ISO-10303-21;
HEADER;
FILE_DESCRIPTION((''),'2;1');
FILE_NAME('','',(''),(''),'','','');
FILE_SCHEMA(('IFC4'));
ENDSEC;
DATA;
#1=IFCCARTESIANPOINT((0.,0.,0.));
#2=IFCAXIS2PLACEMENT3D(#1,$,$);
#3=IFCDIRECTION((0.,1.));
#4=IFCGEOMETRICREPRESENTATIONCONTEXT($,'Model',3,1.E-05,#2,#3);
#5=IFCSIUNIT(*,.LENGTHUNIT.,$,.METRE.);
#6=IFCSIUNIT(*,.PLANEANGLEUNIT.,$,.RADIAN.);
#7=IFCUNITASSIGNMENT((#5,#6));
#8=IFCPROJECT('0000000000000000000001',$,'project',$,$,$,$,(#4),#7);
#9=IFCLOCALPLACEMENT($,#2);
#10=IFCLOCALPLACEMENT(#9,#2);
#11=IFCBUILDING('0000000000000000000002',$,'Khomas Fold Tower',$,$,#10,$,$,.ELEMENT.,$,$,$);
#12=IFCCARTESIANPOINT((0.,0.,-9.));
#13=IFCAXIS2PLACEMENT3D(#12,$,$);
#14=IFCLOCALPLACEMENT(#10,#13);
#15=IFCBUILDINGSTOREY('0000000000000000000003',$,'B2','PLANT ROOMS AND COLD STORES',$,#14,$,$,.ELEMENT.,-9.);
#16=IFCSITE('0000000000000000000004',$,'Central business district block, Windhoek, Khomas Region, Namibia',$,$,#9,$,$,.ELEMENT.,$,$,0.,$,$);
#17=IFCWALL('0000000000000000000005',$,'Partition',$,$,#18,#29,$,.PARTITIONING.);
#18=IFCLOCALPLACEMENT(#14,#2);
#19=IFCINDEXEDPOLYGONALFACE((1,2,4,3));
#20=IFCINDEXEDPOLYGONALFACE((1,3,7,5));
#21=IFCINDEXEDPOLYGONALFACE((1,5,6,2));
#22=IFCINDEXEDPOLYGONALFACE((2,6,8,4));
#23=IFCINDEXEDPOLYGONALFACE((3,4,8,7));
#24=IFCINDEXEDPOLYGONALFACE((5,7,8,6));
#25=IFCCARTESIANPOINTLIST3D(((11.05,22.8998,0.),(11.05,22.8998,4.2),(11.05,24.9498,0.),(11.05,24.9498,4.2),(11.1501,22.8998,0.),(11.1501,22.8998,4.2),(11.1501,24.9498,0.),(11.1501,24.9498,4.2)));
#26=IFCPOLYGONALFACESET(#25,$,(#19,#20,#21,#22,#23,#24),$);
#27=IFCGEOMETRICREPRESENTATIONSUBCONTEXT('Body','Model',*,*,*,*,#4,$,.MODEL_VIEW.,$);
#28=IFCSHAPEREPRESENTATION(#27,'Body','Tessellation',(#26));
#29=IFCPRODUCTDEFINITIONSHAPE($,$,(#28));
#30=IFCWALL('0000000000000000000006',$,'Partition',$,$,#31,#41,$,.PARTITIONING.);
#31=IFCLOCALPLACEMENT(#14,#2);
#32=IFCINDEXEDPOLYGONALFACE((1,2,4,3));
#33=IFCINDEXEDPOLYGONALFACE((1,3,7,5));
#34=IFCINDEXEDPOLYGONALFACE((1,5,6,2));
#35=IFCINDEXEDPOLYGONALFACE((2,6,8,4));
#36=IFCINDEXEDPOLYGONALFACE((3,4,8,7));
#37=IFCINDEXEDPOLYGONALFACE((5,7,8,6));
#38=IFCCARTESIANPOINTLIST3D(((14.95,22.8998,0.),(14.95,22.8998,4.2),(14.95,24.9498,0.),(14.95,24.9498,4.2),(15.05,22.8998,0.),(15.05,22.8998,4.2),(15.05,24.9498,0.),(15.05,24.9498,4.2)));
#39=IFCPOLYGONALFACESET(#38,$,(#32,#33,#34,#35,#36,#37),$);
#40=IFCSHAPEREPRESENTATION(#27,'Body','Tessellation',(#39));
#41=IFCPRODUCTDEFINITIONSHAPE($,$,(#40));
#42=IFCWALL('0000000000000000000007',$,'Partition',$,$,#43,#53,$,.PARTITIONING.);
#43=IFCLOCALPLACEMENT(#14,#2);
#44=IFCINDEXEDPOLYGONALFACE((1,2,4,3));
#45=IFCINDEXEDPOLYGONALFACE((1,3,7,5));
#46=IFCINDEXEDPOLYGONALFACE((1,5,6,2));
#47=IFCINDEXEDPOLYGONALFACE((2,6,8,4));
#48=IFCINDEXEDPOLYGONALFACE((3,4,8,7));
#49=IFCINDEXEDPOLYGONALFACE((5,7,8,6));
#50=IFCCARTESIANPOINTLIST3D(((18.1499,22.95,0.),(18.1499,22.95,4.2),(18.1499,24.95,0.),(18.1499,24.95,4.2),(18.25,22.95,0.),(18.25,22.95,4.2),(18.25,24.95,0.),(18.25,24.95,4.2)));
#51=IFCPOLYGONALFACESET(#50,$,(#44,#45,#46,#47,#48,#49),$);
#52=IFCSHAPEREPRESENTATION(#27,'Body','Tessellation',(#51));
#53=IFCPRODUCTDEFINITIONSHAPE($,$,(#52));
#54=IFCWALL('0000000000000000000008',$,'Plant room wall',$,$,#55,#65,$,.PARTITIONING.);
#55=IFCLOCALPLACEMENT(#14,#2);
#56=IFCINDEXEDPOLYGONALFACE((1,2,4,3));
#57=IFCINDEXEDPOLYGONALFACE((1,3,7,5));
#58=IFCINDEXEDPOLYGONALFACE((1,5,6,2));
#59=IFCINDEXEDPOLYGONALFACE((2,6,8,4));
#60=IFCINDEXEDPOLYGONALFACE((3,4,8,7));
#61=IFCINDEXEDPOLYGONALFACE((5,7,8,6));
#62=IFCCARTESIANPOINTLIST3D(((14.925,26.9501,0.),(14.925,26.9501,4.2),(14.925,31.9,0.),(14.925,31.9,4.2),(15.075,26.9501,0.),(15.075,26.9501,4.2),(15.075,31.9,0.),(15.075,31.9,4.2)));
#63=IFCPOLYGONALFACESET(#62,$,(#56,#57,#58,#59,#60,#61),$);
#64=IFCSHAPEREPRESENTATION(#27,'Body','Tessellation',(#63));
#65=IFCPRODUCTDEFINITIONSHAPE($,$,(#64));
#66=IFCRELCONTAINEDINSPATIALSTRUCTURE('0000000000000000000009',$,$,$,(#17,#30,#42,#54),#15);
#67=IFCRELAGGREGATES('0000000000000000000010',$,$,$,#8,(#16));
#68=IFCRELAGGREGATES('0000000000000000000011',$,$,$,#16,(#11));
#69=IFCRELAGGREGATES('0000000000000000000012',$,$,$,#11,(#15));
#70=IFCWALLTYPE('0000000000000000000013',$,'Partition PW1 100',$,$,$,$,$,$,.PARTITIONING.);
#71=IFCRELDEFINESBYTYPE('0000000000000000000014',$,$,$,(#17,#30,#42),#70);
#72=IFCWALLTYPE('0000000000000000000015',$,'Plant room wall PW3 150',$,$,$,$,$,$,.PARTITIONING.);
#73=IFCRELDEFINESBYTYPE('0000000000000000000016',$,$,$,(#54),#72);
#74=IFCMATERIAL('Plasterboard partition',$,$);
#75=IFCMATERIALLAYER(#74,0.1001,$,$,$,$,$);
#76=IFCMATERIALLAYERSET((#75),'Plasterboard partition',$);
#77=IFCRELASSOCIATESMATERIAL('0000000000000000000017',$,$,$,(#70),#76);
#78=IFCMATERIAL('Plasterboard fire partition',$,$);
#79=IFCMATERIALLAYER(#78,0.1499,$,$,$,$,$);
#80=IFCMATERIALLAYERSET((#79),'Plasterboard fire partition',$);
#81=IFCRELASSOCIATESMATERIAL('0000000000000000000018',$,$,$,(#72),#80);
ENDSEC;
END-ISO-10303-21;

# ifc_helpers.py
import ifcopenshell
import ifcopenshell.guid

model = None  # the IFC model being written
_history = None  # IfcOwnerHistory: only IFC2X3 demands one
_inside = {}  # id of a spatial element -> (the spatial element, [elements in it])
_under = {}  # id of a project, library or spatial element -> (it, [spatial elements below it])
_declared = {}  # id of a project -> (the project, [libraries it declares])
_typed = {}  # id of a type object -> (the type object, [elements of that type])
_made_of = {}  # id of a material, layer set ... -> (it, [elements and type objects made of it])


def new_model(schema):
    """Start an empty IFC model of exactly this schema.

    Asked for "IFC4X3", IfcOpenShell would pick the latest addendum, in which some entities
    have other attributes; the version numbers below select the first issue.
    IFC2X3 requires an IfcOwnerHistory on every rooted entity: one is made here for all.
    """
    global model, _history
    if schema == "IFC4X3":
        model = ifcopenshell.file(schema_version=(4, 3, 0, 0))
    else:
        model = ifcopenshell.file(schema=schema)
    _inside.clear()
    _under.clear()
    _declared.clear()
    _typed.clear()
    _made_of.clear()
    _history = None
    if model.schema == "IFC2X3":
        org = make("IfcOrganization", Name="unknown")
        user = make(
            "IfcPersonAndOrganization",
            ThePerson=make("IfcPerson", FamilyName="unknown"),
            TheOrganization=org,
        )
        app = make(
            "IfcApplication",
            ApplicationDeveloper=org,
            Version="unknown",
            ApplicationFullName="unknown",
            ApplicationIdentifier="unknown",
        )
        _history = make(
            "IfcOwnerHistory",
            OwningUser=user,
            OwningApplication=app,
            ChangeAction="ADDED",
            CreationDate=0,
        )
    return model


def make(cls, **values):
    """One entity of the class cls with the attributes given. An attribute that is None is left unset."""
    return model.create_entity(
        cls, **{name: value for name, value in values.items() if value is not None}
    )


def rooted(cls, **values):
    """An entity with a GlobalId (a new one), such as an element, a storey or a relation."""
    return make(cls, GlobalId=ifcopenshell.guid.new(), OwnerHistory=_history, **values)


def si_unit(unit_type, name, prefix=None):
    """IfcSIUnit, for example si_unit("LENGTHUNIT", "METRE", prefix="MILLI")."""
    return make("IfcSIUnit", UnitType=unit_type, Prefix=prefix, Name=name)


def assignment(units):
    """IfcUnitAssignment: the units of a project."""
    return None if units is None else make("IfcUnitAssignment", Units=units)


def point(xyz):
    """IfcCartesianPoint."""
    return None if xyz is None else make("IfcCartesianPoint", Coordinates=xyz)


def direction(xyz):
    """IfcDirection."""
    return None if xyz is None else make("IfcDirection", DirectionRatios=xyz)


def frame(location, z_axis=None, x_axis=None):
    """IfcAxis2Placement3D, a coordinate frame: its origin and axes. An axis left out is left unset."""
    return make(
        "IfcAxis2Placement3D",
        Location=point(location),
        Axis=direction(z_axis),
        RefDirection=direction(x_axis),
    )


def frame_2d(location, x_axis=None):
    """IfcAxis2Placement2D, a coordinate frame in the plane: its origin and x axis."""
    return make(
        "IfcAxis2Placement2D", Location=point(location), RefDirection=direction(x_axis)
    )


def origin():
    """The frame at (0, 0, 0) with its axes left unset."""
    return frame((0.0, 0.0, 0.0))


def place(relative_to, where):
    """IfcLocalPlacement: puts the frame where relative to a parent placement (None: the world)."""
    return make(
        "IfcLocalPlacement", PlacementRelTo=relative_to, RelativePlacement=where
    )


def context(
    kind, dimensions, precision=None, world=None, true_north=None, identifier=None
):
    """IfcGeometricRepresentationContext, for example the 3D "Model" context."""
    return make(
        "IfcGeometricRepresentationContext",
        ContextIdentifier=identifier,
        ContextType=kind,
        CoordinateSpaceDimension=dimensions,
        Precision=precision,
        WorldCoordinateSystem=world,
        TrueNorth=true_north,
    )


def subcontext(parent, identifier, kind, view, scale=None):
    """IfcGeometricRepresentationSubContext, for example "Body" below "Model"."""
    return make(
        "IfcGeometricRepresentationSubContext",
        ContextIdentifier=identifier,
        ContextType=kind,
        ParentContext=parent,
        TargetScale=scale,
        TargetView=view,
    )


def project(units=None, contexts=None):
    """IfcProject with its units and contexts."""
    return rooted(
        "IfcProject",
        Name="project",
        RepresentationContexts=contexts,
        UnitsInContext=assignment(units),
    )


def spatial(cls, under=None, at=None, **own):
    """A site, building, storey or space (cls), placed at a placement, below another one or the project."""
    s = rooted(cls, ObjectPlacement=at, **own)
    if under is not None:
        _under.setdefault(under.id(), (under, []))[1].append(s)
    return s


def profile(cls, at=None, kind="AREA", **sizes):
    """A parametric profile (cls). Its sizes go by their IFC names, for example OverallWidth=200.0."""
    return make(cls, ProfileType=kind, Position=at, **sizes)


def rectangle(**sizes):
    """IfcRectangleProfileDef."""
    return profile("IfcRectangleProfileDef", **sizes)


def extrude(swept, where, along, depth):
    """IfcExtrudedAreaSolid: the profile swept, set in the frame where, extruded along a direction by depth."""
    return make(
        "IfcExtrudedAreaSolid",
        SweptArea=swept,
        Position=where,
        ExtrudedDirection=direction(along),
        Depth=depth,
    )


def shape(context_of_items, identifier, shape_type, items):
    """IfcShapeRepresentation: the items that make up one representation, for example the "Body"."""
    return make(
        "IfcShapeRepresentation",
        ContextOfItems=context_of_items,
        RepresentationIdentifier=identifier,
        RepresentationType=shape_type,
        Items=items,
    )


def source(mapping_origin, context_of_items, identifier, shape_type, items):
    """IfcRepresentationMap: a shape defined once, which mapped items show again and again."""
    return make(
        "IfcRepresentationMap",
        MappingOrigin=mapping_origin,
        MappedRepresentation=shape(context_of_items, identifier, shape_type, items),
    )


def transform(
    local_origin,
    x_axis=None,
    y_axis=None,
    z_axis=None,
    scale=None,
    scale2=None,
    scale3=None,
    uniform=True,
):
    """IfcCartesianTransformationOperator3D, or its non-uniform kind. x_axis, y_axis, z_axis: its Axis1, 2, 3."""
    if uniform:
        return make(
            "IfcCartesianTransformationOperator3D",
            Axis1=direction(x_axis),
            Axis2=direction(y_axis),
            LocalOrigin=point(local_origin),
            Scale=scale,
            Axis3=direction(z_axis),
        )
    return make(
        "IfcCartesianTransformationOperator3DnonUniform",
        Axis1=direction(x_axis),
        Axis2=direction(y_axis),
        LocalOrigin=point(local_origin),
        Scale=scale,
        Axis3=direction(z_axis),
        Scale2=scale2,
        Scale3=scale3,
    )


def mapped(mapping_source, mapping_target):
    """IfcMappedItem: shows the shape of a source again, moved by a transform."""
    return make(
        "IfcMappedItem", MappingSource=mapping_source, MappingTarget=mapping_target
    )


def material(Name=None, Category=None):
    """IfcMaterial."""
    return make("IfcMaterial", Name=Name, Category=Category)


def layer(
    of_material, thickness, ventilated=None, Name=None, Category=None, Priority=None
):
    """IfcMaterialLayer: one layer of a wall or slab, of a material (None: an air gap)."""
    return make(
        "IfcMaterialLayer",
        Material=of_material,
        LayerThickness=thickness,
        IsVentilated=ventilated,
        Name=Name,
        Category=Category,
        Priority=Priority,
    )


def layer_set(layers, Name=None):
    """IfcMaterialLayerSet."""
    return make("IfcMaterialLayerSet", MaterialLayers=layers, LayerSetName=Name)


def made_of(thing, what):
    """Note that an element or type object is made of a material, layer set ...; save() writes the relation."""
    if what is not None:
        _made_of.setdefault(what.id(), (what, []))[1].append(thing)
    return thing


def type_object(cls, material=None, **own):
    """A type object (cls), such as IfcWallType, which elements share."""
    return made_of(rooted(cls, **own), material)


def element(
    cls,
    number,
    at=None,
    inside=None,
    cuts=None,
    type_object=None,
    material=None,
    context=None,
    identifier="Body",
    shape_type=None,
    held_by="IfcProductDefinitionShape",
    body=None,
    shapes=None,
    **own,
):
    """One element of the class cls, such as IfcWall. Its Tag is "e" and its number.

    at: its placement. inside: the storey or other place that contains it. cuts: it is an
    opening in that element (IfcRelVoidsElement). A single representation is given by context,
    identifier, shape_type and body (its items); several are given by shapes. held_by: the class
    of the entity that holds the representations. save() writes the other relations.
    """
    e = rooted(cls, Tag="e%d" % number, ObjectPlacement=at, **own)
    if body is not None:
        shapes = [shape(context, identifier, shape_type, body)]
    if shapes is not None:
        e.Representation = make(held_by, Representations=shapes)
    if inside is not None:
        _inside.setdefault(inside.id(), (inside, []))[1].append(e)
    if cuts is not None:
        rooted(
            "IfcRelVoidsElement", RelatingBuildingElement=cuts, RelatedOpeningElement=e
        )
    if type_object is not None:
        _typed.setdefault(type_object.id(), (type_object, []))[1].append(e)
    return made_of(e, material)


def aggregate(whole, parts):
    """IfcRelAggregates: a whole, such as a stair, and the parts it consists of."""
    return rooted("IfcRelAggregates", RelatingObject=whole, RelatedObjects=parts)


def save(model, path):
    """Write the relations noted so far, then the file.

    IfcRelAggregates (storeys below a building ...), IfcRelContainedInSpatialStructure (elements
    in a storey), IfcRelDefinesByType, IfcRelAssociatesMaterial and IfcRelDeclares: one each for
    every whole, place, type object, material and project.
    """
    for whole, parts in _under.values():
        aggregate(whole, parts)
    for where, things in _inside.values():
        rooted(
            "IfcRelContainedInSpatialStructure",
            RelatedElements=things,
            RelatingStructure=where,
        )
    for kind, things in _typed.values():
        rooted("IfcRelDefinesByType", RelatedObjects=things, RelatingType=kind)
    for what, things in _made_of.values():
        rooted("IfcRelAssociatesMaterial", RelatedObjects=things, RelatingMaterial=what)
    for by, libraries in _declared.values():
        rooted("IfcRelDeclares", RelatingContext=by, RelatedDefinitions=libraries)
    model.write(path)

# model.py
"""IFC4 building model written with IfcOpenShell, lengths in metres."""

from ifc_helpers import new_model, si_unit, direction, frame, frame_2d, origin, place, context, subcontext, project, spatial, rectangle, extrude, source, transform, mapped, material, layer, layer_set, type_object, element, save


model = new_model("IFC4")

# Units and contexts
model_context = context("Model", 3, precision=1e-05, world=origin(), true_north=direction((0.0, 1.0)))
body_context = subcontext(model_context, "Body", "Model", "MODEL_VIEW")
ifc_project = project(units=[si_unit("LENGTHUNIT", "METRE"), si_unit("PLANEANGLEUNIT", "RADIAN")], contexts=[model_context])

# Site, building, storey
site_placement = place(None, origin())
site = spatial("IfcSite", under=ifc_project, at=site_placement, Name="Central business district block, Windhoek, Khomas Region, Namibia", CompositionType="ELEMENT", RefElevation=0.0)
building_placement = place(site_placement, origin())
building = spatial("IfcBuilding", under=site, at=building_placement, Name="Khomas Fold Tower", CompositionType="ELEMENT")
storey_placement = place(building_placement, frame((0.0, 0.0, -9.0)))
storey = spatial("IfcBuildingStorey", under=building, at=storey_placement, Name="B2", Description="PLANT ROOMS AND COLD STORES", CompositionType="ELEMENT", Elevation=-9.0)

# Walls
ifc_material_1 = material(Name="Plasterboard partition")
ifc_layer_1 = layer(ifc_material_1, 0.1001)
ifc_layer_set_1 = layer_set([ifc_layer_1], Name="Plasterboard partition")
wall_type_1 = type_object("IfcWallType", Name="Partition PW1 100", PredefinedType="PARTITIONING", material=ifc_layer_set_1)
shared_shape_1 = source(origin(), body_context, "Body", "SweptSolid", [
    extrude(rectangle(XDim=2.05, YDim=0.1001, at=frame_2d((1.0249, 0.0))), origin(), (0.0, 0.0, 1.0), 4.2),
])
for number, where, z_axis, x_axis, name in (
    (1, (11.1001, 22.8999, 0.0), (0.0, 0.0, 1.0), (0.0, 1.0, 0.0), "Partition"),
    (2, (15.0, 22.8999, 0.0), (0.0, 0.0, 1.0), (0.0, 1.0, 0.0), "Partition"),
):
    element("IfcWall", number, at=place(storey_placement, frame(where, z_axis=z_axis, x_axis=x_axis)), inside=storey, type_object=wall_type_1, Name=name, PredefinedType="PARTITIONING", context=body_context, shape_type="MappedRepresentation", body=[
        mapped(shared_shape_1, transform((0.0, 0.0, 0.0))),
    ])
shared_shape_2 = source(origin(), body_context, "Body", "SweptSolid", [
    extrude(rectangle(XDim=2.0, YDim=0.1001, at=frame_2d((1.0, 0.0))), origin(), (0.0, 0.0, 1.0), 4.2),
])
wall_1_placement = place(storey_placement, frame((18.2, 22.95, 0.0), z_axis=(0.0, 0.0, 1.0), x_axis=(0.0, 1.0, 0.0)))
element("IfcWall", 3, at=wall_1_placement, inside=storey, type_object=wall_type_1, Name="Partition", PredefinedType="PARTITIONING", context=body_context, shape_type="MappedRepresentation", body=[
    mapped(shared_shape_2, transform((0.0, 0.0, 0.0))),
])
ifc_material_2 = material(Name="Plasterboard fire partition")
ifc_layer_2 = layer(ifc_material_2, 0.1499)
ifc_layer_set_2 = layer_set([ifc_layer_2], Name="Plasterboard fire partition")
wall_type_2 = type_object("IfcWallType", Name="Plant room wall PW3 150", PredefinedType="PARTITIONING", material=ifc_layer_set_2)
shared_shape_3 = source(origin(), body_context, "Body", "SweptSolid", [
    extrude(rectangle(XDim=4.95, YDim=0.1499, at=frame_2d((2.4751, 0.0))), origin(), (0.0, 0.0, 1.0), 4.2),
])
wall_2_placement = place(storey_placement, frame((15.0, 26.95, 0.0), z_axis=(0.0, 0.0, 1.0), x_axis=(0.0, 1.0, 0.0)))
element("IfcWall", 4, at=wall_2_placement, inside=storey, type_object=wall_type_2, Name="Plant room wall", PredefinedType="PARTITIONING", context=body_context, shape_type="MappedRepresentation", body=[
    mapped(shared_shape_3, transform((0.0, 0.0, 0.0))),
])

save(model, "model.ifc")
